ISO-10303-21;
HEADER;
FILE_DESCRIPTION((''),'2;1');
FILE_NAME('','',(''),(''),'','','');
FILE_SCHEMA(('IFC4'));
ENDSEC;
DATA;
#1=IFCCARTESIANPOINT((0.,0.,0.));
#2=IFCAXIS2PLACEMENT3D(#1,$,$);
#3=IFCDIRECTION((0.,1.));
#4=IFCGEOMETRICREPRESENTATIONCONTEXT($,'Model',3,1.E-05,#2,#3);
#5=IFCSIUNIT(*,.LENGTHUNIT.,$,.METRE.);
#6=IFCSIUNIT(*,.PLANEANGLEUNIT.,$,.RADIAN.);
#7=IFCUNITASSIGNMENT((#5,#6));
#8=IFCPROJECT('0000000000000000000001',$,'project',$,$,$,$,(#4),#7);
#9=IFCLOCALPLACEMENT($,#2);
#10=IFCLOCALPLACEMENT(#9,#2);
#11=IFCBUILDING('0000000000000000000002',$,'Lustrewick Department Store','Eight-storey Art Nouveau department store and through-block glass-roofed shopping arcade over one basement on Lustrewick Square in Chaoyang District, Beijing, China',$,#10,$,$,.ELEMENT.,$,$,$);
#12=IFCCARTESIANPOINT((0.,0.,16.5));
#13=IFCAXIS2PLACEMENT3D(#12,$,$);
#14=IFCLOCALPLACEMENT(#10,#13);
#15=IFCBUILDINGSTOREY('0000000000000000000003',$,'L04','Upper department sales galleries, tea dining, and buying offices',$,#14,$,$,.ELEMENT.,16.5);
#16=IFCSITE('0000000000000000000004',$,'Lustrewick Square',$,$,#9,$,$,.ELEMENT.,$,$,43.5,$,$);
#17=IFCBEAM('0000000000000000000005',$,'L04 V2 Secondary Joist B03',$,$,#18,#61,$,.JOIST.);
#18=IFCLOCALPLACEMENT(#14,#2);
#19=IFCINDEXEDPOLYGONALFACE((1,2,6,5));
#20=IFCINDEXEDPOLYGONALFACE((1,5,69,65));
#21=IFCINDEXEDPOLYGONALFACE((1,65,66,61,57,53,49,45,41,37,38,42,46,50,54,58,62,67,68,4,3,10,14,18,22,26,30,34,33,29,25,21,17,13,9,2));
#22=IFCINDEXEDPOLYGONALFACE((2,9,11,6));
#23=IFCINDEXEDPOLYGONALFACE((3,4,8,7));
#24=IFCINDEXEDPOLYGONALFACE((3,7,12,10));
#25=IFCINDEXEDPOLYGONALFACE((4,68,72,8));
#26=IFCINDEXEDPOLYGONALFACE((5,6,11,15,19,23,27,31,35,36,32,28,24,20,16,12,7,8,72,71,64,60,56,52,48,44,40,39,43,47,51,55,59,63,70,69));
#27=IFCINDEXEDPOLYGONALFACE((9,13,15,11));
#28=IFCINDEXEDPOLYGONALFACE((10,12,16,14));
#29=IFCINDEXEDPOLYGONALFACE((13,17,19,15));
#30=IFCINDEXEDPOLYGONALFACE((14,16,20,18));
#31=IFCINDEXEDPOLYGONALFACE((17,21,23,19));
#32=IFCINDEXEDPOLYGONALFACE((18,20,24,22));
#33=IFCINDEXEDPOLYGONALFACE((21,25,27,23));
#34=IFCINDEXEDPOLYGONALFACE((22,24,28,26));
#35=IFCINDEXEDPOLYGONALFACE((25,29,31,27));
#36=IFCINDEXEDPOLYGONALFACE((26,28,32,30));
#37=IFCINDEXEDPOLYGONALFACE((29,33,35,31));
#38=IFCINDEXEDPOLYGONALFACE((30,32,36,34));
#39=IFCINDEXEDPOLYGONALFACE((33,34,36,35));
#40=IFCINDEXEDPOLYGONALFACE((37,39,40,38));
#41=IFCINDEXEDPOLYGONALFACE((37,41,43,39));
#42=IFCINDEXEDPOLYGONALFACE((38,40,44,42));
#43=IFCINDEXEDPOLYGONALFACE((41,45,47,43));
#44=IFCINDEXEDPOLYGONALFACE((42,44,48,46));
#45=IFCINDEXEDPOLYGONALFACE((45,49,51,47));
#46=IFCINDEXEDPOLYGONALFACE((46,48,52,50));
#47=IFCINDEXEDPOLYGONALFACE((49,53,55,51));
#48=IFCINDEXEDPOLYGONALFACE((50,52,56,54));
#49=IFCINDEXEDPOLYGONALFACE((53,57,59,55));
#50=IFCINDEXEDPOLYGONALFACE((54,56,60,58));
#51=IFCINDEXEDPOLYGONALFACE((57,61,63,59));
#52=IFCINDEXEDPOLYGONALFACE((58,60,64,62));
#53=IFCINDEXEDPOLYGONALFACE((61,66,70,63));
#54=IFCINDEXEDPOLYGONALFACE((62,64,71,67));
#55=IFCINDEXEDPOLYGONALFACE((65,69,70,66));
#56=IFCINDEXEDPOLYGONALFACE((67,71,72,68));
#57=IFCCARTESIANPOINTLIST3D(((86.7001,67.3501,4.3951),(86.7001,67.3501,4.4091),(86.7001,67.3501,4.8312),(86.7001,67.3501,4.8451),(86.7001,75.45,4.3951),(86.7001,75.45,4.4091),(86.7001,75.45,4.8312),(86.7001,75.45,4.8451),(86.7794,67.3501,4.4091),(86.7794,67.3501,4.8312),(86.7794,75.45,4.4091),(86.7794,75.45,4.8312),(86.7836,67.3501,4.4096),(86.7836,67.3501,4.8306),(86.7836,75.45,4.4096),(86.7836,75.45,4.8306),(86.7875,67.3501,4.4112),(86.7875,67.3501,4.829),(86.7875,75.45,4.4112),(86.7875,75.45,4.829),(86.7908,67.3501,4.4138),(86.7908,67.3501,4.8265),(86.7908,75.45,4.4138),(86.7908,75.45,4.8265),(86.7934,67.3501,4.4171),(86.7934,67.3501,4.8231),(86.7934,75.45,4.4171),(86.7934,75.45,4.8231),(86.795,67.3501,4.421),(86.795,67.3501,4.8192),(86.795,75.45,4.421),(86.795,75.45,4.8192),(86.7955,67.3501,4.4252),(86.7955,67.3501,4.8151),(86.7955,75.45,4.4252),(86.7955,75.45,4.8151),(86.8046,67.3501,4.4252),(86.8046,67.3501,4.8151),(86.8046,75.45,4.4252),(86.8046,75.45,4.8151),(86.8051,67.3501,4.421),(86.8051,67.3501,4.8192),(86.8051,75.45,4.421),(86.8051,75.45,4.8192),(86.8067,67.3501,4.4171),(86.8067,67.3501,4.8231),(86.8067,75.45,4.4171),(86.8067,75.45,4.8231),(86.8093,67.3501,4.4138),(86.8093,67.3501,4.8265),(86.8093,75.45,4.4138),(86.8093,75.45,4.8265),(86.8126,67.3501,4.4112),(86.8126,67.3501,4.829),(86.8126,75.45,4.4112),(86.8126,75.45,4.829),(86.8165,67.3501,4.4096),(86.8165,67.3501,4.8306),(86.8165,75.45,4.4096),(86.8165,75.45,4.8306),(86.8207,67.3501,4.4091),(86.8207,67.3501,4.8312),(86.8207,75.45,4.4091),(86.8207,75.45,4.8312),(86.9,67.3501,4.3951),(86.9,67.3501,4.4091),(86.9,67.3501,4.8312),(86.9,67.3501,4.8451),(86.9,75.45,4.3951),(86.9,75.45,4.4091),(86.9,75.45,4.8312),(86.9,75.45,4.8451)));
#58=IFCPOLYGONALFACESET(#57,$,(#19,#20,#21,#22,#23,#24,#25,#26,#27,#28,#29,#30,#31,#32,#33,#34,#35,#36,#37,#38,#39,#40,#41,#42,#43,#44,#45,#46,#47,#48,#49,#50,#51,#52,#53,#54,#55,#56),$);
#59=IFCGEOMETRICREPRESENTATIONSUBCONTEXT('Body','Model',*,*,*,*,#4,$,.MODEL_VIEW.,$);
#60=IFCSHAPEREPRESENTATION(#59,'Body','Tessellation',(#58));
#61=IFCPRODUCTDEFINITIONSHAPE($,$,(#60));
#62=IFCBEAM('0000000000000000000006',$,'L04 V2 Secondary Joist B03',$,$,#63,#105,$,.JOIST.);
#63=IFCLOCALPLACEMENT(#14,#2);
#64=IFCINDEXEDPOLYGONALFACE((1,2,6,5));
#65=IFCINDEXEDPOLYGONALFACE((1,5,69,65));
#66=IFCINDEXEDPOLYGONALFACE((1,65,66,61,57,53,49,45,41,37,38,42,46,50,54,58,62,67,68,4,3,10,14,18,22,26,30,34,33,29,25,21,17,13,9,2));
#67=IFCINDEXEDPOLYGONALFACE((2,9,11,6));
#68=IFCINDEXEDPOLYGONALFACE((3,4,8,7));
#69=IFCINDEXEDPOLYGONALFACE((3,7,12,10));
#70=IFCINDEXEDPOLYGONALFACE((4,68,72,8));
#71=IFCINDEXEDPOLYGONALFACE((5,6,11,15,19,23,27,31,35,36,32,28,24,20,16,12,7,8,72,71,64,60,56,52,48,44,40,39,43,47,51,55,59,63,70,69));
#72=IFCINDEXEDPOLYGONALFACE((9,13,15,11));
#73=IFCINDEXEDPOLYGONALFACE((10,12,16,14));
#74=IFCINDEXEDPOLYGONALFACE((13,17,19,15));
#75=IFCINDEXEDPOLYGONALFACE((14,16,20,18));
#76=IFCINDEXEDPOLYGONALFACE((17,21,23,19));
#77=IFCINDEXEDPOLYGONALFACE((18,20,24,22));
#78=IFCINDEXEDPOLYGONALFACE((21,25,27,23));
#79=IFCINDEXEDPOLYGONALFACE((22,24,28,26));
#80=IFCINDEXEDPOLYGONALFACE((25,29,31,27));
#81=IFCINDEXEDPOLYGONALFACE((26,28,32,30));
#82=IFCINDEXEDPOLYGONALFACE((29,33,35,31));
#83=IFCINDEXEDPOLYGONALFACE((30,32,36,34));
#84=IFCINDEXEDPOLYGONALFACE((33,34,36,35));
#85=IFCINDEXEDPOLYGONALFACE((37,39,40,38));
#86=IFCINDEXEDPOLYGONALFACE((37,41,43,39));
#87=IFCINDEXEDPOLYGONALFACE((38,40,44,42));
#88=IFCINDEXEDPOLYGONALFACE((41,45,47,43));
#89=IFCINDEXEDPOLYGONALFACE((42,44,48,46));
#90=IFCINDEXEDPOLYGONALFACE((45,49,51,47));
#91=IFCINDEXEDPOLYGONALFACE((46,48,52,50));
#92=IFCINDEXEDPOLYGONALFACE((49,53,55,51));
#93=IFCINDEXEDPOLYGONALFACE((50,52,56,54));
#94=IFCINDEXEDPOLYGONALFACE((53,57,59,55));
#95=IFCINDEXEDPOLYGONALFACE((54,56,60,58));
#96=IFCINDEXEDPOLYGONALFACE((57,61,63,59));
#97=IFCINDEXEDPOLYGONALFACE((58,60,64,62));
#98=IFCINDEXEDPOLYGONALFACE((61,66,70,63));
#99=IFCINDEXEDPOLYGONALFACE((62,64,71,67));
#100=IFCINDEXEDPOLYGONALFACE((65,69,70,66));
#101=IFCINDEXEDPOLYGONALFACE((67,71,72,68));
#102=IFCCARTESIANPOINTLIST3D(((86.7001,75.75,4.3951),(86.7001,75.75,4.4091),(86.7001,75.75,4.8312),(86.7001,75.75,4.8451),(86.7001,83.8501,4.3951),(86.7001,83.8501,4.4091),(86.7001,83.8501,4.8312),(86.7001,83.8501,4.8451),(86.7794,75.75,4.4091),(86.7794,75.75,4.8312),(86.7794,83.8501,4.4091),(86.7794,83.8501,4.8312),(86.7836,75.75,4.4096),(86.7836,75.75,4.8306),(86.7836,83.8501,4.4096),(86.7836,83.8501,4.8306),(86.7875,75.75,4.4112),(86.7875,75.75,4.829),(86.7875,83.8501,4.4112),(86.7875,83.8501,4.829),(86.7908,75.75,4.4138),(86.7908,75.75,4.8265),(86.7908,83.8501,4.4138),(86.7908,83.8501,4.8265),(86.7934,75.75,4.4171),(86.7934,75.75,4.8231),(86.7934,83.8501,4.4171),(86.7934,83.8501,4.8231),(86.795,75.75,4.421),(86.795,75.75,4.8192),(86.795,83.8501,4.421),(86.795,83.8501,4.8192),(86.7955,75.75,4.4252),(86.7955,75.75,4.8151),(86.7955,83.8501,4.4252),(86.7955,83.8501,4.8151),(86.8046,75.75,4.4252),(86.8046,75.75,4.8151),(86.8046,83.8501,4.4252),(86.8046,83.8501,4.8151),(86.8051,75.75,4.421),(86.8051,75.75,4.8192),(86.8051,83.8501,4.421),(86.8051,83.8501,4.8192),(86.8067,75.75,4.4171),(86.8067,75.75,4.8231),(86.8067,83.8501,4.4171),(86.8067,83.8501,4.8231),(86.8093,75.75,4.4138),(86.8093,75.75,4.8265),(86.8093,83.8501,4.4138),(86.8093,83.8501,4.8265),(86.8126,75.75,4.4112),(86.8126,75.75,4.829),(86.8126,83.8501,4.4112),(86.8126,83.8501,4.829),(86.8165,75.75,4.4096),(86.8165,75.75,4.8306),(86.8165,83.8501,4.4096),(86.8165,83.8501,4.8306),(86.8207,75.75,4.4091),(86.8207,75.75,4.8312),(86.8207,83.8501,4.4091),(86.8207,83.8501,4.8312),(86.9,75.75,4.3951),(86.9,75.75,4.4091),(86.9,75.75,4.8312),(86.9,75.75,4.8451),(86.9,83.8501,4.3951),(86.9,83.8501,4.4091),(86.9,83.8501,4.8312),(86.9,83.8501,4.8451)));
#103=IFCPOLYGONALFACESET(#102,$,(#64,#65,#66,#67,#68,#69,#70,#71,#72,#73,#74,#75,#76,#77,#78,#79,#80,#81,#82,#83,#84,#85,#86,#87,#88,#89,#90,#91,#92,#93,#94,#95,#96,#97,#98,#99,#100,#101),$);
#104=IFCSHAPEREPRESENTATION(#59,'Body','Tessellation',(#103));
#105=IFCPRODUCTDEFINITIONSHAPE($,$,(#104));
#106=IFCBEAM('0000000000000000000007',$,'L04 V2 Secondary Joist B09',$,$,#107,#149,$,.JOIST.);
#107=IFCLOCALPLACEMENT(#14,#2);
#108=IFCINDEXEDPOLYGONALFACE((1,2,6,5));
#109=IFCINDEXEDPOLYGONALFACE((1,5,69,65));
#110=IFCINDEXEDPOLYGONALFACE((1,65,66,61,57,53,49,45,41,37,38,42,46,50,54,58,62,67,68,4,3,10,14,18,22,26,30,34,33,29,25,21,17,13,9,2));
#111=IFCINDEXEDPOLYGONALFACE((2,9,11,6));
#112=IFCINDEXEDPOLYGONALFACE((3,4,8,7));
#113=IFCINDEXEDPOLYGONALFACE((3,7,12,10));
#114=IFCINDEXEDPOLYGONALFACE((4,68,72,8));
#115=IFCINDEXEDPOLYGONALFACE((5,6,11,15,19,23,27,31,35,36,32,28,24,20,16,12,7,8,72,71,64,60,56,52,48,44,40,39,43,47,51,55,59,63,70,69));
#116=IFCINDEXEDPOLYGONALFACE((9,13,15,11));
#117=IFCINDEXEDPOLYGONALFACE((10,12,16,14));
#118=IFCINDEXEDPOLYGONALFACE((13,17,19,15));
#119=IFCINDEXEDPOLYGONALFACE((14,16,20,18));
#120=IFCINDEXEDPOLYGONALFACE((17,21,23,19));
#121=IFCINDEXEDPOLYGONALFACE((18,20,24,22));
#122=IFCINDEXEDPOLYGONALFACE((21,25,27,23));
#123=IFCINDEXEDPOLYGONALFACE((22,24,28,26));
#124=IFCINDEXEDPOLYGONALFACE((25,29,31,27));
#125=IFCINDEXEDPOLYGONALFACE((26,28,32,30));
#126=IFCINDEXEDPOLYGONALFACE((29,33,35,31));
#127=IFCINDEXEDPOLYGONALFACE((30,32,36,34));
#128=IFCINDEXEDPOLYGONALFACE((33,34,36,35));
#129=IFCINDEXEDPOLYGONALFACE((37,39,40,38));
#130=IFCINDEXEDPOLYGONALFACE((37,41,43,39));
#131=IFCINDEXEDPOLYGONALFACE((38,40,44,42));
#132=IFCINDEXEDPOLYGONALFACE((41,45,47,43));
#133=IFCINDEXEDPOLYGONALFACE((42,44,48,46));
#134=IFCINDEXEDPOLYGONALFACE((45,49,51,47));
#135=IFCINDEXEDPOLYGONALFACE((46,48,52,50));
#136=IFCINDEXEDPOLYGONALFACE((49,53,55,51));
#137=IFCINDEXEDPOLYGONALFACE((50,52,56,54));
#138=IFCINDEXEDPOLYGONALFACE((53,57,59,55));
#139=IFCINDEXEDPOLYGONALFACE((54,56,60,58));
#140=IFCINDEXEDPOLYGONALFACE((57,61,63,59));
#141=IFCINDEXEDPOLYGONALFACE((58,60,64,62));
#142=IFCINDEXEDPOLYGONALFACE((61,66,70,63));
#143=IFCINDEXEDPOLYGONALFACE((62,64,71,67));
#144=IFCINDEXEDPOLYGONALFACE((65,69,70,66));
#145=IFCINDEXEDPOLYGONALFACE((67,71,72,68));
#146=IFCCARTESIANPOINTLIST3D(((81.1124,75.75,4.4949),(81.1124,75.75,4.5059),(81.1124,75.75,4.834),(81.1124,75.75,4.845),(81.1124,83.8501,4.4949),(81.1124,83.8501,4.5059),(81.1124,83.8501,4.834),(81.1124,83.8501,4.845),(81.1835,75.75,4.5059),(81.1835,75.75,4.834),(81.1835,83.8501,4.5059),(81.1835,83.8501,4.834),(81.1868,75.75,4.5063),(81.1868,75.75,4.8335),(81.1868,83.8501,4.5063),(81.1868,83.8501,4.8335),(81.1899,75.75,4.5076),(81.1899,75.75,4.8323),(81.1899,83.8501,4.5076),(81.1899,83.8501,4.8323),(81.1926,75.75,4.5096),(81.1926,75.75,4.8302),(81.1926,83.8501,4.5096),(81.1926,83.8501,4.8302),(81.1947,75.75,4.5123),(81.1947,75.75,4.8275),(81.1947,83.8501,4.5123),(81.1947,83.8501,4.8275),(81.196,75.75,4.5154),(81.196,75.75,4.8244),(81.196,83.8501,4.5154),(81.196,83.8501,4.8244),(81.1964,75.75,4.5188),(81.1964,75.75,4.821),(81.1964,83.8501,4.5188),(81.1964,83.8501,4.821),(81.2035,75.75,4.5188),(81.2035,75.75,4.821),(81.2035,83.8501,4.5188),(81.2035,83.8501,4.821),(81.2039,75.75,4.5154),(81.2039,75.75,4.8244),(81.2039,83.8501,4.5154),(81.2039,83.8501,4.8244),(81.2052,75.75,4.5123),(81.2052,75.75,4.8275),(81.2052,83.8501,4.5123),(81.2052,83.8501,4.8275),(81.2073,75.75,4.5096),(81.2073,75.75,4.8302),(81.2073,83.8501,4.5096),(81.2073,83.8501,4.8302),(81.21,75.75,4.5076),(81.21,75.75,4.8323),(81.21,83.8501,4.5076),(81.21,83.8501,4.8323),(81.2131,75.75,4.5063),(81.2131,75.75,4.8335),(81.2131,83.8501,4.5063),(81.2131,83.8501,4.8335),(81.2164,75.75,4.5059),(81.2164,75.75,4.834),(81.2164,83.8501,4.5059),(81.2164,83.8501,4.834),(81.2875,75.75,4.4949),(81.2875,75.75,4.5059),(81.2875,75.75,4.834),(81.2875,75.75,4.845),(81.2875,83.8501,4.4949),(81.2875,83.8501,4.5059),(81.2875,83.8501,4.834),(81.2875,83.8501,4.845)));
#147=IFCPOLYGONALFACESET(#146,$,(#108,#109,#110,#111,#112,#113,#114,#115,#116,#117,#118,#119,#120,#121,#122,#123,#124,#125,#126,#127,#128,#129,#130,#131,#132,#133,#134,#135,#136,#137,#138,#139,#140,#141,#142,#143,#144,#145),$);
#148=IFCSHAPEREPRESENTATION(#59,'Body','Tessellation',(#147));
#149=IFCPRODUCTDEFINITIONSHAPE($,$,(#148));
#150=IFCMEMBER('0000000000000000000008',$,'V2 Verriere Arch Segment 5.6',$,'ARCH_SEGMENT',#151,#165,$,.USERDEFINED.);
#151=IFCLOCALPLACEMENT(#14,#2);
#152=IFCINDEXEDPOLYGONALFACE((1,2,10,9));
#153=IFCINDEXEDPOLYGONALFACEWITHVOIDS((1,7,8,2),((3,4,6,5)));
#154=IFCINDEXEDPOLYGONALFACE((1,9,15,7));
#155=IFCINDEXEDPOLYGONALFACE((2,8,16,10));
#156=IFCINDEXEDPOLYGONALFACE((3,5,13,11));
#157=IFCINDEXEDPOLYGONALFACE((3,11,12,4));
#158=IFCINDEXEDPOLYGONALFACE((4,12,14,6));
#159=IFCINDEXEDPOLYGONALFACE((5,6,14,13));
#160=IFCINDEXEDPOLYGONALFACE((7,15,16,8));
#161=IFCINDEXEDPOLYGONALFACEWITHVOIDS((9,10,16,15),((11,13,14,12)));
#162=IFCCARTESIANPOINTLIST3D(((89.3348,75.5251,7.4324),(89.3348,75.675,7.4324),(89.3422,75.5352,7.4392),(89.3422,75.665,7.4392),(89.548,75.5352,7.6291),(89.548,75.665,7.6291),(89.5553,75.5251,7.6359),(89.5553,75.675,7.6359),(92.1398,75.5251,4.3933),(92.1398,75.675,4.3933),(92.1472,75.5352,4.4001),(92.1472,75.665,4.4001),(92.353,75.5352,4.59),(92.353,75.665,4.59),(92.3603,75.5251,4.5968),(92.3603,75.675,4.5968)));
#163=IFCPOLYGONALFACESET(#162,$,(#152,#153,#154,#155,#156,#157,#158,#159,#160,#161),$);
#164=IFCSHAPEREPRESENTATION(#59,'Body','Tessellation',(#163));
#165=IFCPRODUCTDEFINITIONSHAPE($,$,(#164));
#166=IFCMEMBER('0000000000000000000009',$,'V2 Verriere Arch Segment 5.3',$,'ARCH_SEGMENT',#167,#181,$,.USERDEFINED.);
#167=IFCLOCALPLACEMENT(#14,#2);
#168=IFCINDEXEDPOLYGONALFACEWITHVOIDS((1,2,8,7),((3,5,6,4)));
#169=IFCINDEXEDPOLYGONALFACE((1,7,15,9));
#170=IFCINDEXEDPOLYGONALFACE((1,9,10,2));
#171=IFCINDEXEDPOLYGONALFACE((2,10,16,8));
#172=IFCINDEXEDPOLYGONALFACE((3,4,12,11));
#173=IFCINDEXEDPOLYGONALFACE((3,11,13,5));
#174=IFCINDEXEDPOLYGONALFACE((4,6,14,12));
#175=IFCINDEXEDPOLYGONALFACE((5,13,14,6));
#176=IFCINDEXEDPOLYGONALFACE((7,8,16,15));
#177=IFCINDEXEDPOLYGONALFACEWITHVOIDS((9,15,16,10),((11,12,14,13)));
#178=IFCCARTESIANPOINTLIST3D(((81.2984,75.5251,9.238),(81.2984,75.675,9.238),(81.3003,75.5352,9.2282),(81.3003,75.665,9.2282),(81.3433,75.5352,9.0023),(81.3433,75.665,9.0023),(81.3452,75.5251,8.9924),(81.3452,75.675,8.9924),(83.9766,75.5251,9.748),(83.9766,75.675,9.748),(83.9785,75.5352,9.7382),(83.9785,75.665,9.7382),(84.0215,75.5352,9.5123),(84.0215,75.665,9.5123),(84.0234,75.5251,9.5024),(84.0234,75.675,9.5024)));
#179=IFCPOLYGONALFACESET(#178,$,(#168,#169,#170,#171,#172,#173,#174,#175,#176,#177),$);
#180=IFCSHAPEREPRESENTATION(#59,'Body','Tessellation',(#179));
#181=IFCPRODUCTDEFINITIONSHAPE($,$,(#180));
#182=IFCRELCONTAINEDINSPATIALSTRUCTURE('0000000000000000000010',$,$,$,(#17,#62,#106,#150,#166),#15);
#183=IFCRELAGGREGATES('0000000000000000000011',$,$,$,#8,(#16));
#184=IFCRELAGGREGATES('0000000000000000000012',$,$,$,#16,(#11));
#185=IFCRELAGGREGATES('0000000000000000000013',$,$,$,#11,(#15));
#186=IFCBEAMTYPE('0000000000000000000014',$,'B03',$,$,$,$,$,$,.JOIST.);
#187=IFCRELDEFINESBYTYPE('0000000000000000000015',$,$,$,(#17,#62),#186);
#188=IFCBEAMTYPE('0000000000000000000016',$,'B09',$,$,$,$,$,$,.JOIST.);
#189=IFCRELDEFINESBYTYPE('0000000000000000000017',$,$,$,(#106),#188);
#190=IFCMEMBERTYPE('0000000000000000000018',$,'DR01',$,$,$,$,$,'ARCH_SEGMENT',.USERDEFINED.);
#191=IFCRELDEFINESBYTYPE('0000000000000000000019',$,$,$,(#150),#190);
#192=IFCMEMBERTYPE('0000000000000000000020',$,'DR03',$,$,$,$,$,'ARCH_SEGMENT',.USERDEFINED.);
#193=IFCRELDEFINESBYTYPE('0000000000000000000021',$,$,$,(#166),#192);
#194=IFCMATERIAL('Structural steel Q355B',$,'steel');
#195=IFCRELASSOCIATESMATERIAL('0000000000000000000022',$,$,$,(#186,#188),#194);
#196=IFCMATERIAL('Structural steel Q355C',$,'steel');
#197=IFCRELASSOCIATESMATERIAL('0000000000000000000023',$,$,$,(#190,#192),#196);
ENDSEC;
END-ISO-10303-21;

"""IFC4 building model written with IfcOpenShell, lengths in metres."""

from ifc_helpers import new_model, si_unit, direction, frame, origin, origin_2d, place, context, subcontext, project, spatial, hollow_rectangle, i_section, extrude, material, material_profile, profile_set, type_object, element, save


model = new_model("IFC4")

# Units and contexts
model_context = context("Model", 3, precision=1e-05, world=origin(), true_north=direction((0.0, 1.0)))
body_context = subcontext(model_context, "Body", "Model", "MODEL_VIEW")
ifc_project = project(units=[si_unit("LENGTHUNIT", "METRE"), si_unit("PLANEANGLEUNIT", "RADIAN")], contexts=[model_context])

# Site, building, storey
site_placement = place(None, origin())
site = spatial("IfcSite", under=ifc_project, at=site_placement, Name="Lustrewick Square", CompositionType="ELEMENT", RefElevation=43.5)
building_placement = place(site_placement, origin())
building = spatial("IfcBuilding", under=site, at=building_placement, Name="Lustrewick Department Store", Description="Eight-storey Art Nouveau department store and through-block glass-roofed shopping arcade over one basement on Lustrewick Square in Chaoyang District, Beijing, China", CompositionType="ELEMENT")
storey_placement = place(building_placement, frame((0.0, 0.0, 16.5)))
storey = spatial("IfcBuildingStorey", under=building, at=storey_placement, Name="L04", Description="Upper department sales galleries, tea dining, and buying offices", CompositionType="ELEMENT", Elevation=16.5)

# Beams
ifc_material_1 = material(Name="Structural steel Q355B", Category="steel")
ifc_material_profile_1 = material_profile(ifc_material_1, i_section(OverallWidth=0.2, OverallDepth=0.45, WebThickness=0.009, FlangeThickness=0.0139, FilletRadius=0.0161, at=origin_2d()), Name="HN 450x200x9x14")
ifc_profile_set_1 = profile_set([ifc_material_profile_1], Name="Structural steel Q355B")
beam_type_1 = type_object("IfcBeamType", Name="B03", PredefinedType="JOIST", material=ifc_profile_set_1)
beam_1_placement = place(storey_placement, frame((86.8, 67.3501, 4.6201), z_axis=(0.0, 1.0, 0.0), x_axis=(-1.0, 0.0, 0.0)))
element("IfcBeam", 1, at=beam_1_placement, inside=storey, type_object=beam_type_1, Name="L04 V2 Secondary Joist B03", PredefinedType="JOIST", context=body_context, shape_type="SweptSolid", body=[
    extrude(i_section(OverallWidth=0.2, OverallDepth=0.45, WebThickness=0.009, FlangeThickness=0.0139, FilletRadius=0.0161, at=origin_2d()), origin(), (0.0, 0.0, 1.0), 8.0999),
])
beam_2_placement = place(storey_placement, frame((86.8, 75.75, 4.6201), z_axis=(0.0, 1.0, 0.0), x_axis=(-1.0, 0.0, 0.0)))
element("IfcBeam", 2, at=beam_2_placement, inside=storey, type_object=beam_type_1, Name="L04 V2 Secondary Joist B03", PredefinedType="JOIST", context=body_context, shape_type="SweptSolid", body=[
    extrude(i_section(OverallWidth=0.2, OverallDepth=0.45, WebThickness=0.009, FlangeThickness=0.0139, FilletRadius=0.0161, at=origin_2d()), origin(), (0.0, 0.0, 1.0), 8.1001),
])
ifc_material_profile_2 = material_profile(ifc_material_1, i_section(OverallWidth=0.175, OverallDepth=0.3501, WebThickness=0.0071, FlangeThickness=0.011, FilletRadius=0.0129, at=origin_2d()), Name="HN 350x175x7x11")
ifc_profile_set_2 = profile_set([ifc_material_profile_2], Name="Structural steel Q355B")
beam_type_2 = type_object("IfcBeamType", Name="B09", PredefinedType="JOIST", material=ifc_profile_set_2)
beam_3_placement = place(storey_placement, frame((81.2, 75.75, 4.6699), z_axis=(0.0, 1.0, 0.0), x_axis=(-1.0, 0.0, 0.0)))
element("IfcBeam", 3, at=beam_3_placement, inside=storey, type_object=beam_type_2, Name="L04 V2 Secondary Joist B09", PredefinedType="JOIST", context=body_context, shape_type="SweptSolid", body=[
    extrude(i_section(OverallWidth=0.175, OverallDepth=0.3501, WebThickness=0.0071, FlangeThickness=0.011, FilletRadius=0.0129, at=origin_2d()), origin(), (0.0, 0.0, 1.0), 8.1001),
])

# Members
ifc_material_2 = material(Name="Structural steel Q355C", Category="steel")
ifc_material_profile_3 = material_profile(ifc_material_2, hollow_rectangle(XDim=0.1499, YDim=0.3, WallThickness=0.01, at=origin_2d()), Name="RHS 300x150x10")
ifc_profile_set_3 = profile_set([ifc_material_profile_3], Name="Structural steel Q355C")
member_type_1 = type_object("IfcMemberType", Name="DR01", ElementType="ARCH_SEGMENT", PredefinedType="USERDEFINED", material=ifc_profile_set_3)
member_1_placement = place(storey_placement, frame((89.4451, 75.6001, 7.5342), z_axis=(0.678234, 0.0, -0.734846), x_axis=(0.0, 1.0, 0.0)))
element("IfcMember", 4, at=member_1_placement, inside=storey, type_object=member_type_1, Name="V2 Verriere Arch Segment 5.6", ObjectType="ARCH_SEGMENT", PredefinedType="USERDEFINED", context=body_context, shape_type="SweptSolid", body=[
    extrude(hollow_rectangle(XDim=0.1499, YDim=0.3, WallThickness=0.01, at=origin_2d()), origin(), (0.0, 0.0, 1.0), 4.1357),
])
ifc_material_profile_4 = material_profile(ifc_material_2, hollow_rectangle(XDim=0.1499, YDim=0.25, WallThickness=0.01, at=origin_2d()), Name="RHS 250x150x10")
ifc_profile_set_4 = profile_set([ifc_material_profile_4], Name="Structural steel Q355C")
member_type_2 = type_object("IfcMemberType", Name="DR03", ElementType="ARCH_SEGMENT", PredefinedType="USERDEFINED", material=ifc_profile_set_4)
for number, where, z_axis, x_axis, name in (
    (5, (81.3218, 75.6001, 9.1152), (0.982347, 0.0, 0.187067), (0.0, 1.0, 0.0), "V2 Verriere Arch Segment 5.3"),
):
    element("IfcMember", number, at=place(storey_placement, frame(where, z_axis=z_axis, x_axis=x_axis)), inside=storey, type_object=member_type_2, Name=name, ObjectType="ARCH_SEGMENT", PredefinedType="USERDEFINED", context=body_context, shape_type="SweptSolid", body=[
        extrude(hollow_rectangle(XDim=0.1499, YDim=0.25, WallThickness=0.01, at=origin_2d()), origin(), (0.0, 0.0, 1.0), 2.7263),
    ])

save(model, "model.ifc")
